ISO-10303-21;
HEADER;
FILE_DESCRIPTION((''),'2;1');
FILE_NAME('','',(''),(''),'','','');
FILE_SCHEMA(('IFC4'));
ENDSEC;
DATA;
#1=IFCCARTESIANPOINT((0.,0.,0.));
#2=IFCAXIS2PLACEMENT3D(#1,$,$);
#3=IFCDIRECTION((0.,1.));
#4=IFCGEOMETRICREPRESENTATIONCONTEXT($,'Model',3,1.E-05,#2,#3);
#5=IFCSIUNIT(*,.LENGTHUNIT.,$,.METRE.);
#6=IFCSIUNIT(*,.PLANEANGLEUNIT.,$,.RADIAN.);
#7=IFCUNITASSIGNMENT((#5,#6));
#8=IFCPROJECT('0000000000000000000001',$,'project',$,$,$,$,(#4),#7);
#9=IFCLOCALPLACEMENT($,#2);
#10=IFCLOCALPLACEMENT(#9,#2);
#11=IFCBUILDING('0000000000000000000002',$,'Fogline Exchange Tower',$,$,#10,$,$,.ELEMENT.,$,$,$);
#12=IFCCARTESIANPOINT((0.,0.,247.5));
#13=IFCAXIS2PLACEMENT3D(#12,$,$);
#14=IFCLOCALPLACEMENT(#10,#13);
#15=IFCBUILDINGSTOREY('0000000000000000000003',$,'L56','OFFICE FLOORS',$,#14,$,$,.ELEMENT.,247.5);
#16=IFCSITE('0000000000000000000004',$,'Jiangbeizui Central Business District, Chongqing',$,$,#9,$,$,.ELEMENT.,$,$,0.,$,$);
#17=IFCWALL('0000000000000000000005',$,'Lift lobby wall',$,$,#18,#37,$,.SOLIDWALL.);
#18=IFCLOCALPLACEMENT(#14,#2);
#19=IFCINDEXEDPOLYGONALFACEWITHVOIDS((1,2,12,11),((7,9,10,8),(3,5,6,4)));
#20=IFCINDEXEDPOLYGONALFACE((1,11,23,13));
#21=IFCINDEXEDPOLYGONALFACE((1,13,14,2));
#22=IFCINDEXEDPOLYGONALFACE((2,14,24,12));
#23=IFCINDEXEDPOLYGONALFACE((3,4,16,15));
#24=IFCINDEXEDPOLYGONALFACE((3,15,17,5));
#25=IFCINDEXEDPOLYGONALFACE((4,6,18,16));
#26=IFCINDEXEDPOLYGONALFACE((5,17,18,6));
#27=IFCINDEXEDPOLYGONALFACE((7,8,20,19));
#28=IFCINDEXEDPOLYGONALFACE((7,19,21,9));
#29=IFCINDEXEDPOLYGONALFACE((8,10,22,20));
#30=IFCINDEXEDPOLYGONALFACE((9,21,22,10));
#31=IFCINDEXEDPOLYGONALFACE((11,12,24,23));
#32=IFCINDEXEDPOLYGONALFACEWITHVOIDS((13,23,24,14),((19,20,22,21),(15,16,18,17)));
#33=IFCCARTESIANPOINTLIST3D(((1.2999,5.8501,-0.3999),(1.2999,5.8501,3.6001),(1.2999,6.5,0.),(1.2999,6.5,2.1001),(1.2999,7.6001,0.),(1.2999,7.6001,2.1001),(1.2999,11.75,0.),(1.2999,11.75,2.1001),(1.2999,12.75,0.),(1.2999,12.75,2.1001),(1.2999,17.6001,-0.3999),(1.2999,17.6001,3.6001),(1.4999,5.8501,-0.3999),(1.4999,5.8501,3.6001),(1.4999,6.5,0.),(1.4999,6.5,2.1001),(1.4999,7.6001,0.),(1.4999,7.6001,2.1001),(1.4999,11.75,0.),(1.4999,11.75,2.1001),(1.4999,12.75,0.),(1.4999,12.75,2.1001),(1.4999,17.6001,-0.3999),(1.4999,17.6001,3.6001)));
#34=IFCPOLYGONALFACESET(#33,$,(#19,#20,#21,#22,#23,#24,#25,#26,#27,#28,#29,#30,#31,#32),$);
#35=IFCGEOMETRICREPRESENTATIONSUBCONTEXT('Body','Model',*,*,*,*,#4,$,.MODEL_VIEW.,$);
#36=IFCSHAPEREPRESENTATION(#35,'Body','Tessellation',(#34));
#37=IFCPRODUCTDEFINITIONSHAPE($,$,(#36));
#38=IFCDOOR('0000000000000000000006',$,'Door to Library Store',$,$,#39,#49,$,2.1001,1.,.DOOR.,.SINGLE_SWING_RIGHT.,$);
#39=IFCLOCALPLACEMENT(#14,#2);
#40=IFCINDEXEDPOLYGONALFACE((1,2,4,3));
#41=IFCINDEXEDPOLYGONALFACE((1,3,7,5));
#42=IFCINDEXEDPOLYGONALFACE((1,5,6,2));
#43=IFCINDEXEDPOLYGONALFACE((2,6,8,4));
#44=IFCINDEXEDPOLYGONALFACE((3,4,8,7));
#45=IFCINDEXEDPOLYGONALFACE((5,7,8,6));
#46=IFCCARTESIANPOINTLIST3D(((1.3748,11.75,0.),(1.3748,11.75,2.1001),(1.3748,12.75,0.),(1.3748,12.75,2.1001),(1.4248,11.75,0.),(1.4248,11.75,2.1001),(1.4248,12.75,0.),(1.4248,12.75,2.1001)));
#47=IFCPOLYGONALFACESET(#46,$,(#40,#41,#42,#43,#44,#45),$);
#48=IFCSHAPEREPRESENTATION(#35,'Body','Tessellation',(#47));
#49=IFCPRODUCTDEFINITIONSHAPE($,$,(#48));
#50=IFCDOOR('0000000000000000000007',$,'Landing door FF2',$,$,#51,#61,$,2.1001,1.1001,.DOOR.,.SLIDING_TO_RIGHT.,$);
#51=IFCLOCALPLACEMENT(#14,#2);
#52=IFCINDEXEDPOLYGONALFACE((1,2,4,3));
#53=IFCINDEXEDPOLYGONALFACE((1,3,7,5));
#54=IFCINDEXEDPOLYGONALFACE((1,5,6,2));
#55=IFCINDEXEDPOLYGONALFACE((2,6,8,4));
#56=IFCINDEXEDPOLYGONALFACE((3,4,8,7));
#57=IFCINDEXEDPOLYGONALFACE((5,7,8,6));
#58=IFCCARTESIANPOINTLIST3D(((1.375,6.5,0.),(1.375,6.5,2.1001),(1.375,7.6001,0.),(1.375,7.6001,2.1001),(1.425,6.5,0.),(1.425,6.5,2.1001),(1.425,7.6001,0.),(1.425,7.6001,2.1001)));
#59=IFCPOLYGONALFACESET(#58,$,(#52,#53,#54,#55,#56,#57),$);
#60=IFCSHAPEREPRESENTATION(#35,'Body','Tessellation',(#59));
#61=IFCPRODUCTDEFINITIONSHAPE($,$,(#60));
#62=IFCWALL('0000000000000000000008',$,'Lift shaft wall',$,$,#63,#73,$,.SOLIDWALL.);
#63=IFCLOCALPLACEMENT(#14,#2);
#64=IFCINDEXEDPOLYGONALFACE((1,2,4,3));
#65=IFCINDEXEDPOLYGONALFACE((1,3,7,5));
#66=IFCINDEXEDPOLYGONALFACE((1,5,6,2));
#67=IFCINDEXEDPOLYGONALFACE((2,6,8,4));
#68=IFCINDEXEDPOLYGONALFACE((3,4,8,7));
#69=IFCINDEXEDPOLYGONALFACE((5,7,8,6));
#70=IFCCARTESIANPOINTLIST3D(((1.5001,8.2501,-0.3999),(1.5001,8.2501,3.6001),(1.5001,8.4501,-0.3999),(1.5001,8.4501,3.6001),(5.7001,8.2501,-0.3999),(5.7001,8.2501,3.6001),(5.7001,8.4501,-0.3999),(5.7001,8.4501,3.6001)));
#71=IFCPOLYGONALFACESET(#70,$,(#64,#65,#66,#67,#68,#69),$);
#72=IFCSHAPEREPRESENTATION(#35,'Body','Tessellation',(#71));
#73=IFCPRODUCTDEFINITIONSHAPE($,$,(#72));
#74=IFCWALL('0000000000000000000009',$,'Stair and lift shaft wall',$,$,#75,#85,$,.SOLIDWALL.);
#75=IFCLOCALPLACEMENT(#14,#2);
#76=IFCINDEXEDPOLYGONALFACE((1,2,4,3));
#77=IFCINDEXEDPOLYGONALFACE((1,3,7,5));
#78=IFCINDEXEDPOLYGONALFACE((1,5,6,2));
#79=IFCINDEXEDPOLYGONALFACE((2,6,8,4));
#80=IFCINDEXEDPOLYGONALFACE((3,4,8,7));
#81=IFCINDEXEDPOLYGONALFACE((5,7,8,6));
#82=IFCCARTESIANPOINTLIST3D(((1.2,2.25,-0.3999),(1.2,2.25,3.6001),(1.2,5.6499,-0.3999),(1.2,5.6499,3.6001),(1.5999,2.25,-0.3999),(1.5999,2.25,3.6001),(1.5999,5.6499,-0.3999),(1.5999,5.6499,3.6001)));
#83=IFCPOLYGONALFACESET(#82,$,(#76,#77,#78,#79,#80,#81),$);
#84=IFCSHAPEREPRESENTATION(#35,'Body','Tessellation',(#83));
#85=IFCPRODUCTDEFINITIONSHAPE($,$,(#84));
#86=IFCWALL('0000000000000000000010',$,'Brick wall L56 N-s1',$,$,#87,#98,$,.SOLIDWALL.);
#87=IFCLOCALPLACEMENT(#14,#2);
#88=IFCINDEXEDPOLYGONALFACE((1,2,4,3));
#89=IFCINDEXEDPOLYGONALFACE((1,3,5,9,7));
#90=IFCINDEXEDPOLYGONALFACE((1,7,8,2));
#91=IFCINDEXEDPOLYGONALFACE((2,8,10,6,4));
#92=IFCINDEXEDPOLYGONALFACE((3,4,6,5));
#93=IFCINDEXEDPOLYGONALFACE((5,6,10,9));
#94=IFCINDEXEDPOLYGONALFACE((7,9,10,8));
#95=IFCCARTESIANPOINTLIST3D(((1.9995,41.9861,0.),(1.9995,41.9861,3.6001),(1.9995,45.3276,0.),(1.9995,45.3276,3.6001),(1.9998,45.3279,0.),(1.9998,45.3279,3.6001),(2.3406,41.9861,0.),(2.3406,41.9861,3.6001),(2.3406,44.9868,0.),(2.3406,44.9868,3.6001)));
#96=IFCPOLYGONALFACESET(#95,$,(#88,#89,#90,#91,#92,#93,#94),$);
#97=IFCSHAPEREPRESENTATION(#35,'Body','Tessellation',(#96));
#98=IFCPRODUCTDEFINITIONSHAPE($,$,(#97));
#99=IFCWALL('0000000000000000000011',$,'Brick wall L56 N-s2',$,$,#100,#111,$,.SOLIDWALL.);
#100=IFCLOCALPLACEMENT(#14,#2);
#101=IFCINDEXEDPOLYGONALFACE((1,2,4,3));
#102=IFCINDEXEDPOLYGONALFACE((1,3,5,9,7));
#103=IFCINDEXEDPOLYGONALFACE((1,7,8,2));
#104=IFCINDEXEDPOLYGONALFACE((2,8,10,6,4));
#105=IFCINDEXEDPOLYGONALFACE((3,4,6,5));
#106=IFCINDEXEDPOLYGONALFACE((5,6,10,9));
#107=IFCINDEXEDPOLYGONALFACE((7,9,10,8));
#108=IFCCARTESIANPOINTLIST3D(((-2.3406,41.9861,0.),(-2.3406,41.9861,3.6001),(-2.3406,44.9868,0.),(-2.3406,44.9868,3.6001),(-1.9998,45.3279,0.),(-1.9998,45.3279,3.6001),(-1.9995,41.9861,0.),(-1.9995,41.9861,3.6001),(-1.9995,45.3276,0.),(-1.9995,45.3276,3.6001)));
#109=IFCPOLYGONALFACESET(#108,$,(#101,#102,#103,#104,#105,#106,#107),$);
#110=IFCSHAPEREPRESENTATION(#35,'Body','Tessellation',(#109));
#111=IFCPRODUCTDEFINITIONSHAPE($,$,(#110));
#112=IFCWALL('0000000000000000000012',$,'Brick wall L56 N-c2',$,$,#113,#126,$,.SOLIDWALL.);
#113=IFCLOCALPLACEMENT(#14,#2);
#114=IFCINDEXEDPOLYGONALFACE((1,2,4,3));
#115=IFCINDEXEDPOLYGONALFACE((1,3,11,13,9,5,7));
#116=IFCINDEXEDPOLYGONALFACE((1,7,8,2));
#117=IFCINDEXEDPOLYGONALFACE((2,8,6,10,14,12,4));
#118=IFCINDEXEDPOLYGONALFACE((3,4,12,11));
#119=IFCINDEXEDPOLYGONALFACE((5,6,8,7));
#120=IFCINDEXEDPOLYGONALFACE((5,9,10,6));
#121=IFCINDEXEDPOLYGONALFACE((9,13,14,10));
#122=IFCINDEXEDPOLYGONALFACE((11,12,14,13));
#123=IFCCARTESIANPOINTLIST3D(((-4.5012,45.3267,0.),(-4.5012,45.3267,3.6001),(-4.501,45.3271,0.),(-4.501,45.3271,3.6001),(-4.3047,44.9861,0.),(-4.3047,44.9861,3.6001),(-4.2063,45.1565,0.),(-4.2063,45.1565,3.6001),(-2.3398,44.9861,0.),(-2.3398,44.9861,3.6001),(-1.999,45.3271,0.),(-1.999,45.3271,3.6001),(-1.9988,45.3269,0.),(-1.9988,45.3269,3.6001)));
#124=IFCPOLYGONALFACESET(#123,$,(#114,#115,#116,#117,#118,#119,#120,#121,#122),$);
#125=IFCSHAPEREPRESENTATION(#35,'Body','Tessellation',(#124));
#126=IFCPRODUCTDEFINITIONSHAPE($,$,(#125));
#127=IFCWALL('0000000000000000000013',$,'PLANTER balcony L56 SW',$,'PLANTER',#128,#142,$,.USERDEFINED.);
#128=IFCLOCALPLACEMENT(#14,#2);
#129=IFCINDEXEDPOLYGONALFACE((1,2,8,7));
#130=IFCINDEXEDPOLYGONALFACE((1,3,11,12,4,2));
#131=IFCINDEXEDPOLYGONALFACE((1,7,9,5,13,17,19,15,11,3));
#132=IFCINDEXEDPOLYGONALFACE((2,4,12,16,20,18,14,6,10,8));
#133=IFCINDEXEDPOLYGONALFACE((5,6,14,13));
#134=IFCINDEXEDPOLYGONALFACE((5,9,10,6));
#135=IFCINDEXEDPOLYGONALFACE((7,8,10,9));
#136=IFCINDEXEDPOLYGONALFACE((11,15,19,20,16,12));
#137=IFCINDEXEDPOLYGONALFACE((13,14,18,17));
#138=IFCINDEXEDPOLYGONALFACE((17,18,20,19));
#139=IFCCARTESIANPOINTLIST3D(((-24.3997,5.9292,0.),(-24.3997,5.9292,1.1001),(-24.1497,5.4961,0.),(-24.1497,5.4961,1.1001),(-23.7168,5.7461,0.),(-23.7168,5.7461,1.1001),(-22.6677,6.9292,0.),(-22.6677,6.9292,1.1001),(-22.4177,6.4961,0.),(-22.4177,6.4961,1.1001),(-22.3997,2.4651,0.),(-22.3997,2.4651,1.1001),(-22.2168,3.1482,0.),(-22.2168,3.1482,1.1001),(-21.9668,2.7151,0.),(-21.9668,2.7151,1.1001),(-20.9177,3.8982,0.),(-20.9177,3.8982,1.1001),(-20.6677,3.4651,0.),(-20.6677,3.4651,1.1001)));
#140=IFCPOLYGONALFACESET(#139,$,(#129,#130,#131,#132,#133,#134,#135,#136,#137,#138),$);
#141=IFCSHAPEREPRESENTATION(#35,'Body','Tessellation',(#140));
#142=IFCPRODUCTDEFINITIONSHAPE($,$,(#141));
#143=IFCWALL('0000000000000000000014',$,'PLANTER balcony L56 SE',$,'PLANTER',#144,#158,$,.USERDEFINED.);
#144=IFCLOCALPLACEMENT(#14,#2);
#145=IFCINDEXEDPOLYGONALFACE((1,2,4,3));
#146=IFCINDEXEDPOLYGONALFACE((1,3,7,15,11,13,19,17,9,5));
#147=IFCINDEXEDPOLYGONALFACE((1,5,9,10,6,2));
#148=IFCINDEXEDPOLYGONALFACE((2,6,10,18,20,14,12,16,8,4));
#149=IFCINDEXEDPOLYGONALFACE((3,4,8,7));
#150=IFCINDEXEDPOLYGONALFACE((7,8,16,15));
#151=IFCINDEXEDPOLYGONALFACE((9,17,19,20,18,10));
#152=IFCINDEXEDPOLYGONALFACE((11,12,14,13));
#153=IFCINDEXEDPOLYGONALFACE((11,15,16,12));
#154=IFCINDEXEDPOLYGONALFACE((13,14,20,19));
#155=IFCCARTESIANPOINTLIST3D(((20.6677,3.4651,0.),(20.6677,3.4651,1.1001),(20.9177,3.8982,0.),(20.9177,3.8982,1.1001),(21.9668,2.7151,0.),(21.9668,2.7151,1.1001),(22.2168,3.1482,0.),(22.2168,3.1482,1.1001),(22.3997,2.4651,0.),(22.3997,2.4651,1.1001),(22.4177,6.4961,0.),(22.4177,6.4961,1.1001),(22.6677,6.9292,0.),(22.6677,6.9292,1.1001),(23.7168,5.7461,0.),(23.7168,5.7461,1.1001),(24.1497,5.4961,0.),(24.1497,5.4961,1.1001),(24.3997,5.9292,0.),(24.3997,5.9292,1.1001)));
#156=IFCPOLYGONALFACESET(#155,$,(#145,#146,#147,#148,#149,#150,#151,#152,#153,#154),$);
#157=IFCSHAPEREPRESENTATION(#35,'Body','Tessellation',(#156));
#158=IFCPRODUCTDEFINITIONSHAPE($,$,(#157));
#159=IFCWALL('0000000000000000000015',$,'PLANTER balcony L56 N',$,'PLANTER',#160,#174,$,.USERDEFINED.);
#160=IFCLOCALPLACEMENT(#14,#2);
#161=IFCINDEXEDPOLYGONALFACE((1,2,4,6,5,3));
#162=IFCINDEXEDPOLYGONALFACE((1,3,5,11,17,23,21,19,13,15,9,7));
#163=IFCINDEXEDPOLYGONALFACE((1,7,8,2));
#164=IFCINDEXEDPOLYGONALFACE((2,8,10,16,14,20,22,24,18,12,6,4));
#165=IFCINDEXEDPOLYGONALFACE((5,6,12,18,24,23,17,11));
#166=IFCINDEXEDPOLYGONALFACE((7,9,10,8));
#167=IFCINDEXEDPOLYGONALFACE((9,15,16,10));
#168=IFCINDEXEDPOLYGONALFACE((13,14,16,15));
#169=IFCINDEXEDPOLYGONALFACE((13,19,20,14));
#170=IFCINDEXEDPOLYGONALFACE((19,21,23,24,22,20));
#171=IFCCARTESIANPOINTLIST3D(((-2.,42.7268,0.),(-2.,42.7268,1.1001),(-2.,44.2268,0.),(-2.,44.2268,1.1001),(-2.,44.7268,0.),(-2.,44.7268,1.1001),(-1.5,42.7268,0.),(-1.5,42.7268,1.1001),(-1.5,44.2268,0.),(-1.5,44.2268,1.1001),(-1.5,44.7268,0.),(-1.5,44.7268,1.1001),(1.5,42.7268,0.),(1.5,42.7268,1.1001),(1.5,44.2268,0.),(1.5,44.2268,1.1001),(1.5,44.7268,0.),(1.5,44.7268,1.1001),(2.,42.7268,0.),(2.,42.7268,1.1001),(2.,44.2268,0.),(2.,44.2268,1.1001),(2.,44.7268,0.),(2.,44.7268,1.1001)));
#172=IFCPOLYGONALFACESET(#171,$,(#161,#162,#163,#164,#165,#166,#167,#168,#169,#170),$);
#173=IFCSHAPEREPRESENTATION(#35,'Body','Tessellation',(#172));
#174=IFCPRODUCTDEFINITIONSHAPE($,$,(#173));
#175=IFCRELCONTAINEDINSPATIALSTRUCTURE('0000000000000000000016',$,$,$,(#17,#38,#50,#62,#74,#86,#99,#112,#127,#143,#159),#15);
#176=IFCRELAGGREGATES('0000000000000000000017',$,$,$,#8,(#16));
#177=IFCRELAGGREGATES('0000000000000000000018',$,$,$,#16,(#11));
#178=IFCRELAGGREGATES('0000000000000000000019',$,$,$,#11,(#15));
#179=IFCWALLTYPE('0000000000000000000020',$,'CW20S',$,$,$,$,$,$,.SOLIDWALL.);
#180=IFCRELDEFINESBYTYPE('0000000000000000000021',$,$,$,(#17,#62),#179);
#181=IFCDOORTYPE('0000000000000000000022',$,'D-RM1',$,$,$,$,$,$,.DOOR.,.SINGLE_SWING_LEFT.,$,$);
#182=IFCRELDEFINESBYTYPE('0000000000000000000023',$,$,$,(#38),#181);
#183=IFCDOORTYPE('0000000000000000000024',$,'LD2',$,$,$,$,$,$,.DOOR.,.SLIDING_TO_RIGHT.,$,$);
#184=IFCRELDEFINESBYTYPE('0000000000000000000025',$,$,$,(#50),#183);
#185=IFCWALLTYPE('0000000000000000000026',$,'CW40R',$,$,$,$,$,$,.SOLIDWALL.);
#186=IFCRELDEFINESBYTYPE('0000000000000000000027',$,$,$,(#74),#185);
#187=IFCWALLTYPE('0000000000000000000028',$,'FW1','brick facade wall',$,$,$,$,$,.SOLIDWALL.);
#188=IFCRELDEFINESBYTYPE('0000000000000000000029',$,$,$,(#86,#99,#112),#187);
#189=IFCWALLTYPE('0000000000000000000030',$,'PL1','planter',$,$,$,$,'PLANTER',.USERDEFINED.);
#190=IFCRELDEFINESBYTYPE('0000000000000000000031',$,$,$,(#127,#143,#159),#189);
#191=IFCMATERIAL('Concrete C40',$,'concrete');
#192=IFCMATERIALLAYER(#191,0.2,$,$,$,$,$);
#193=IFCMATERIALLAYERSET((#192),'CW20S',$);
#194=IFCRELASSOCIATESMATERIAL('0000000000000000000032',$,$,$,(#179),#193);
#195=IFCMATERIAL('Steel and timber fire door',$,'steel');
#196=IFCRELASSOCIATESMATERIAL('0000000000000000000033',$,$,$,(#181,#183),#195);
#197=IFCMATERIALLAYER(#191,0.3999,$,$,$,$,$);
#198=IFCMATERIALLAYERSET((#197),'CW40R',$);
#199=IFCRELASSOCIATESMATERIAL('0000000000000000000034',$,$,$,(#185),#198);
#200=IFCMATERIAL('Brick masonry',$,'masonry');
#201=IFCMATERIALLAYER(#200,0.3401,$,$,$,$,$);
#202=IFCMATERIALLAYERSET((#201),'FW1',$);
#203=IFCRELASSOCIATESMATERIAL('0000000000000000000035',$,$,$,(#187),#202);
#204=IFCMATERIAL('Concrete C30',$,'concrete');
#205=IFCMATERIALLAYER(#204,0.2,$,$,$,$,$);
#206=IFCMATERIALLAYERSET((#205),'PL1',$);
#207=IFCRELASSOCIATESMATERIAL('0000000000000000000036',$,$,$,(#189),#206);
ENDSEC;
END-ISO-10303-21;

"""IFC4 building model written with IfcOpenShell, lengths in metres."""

from ifc_helpers import new_model, si_unit, direction, frame, frame_2d, origin, place, context, subcontext, project, spatial, polyline, rectangle, outline, extrude, material, layer, layer_set, type_object, element, fill, save


model = new_model("IFC4")

# Units and contexts
model_context = context("Model", 3, precision=1e-05, world=origin(), true_north=direction((0.0, 1.0)))
body_context = subcontext(model_context, "Body", "Model", "MODEL_VIEW")
ifc_project = project(units=[si_unit("LENGTHUNIT", "METRE"), si_unit("PLANEANGLEUNIT", "RADIAN")], contexts=[model_context])

# Site, building, storey
site_placement = place(None, origin())
site = spatial("IfcSite", under=ifc_project, at=site_placement, Name="Jiangbeizui Central Business District, Chongqing", CompositionType="ELEMENT", RefElevation=0.0)
building_placement = place(site_placement, origin())
building = spatial("IfcBuilding", under=site, at=building_placement, Name="Fogline Exchange Tower", CompositionType="ELEMENT")
storey_placement = place(building_placement, frame((0.0, 0.0, 247.5)))
storey = spatial("IfcBuildingStorey", under=building, at=storey_placement, Name="L56", Description="OFFICE FLOORS", CompositionType="ELEMENT", Elevation=247.5)

# Shared definitions
ifc_material_1 = material(Name="Concrete C40", Category="concrete")

# Shared definitions
ifc_material_2 = material(Name="Steel and timber fire door", Category="steel")

# Shared definitions
ifc_layer_1 = layer(ifc_material_1, 0.2)
ifc_layer_set_1 = layer_set([ifc_layer_1], Name="CW20S")
wall_type_1 = type_object("IfcWallType", Name="CW20S", PredefinedType="SOLIDWALL", material=ifc_layer_set_1)

# Wall, openings, doors
wall_1_placement = place(storey_placement, frame((1.3999, 5.8501, -0.3999), z_axis=(0.0, 0.0, 1.0), x_axis=(0.0, 1.0, 0.0)))
wall_1 = element("IfcWall", 1, at=wall_1_placement, inside=storey, type_object=wall_type_1, Name="Lift lobby wall", PredefinedType="SOLIDWALL", context=body_context, shape_type="SweptSolid", body=[
    extrude(rectangle(XDim=11.75, YDim=0.2, at=frame_2d((5.875, 0.0))), origin(), (0.0, 0.0, 1.0), 4.0),
])
opening_1_placement = place(wall_1_placement, frame((0.6499, 0.0, 0.3999)))
opening_1 = element("IfcOpeningElement", 2, at=opening_1_placement, cuts=wall_1, PredefinedType="OPENING", context=body_context, shape_type="SweptSolid", body=[
    extrude(rectangle(XDim=1.1001, YDim=2.1001, at=frame_2d((0.55, 1.05))), frame((0.0, 0.1099, 0.0), z_axis=(0.0, -1.0, 0.0), x_axis=(1.0, 0.0, 0.0)), (0.0, 0.0, 1.0), 0.22),
])
opening_2_placement = place(wall_1_placement, frame((5.8999, 0.0, 0.3999)))
opening_2 = element("IfcOpeningElement", 3, at=opening_2_placement, cuts=wall_1, PredefinedType="OPENING", context=body_context, shape_type="SweptSolid", body=[
    extrude(rectangle(XDim=1.0, YDim=2.1001, at=frame_2d((0.5, 1.05))), frame((0.0, 0.1099, 0.0), z_axis=(0.0, -1.0, 0.0), x_axis=(1.0, 0.0, 0.0)), (0.0, 0.0, 1.0), 0.22),
])
door_type_1 = type_object("IfcDoorType", Name="D-RM1", OperationType="SINGLE_SWING_LEFT", PredefinedType="DOOR", material=ifc_material_2)
door_1_placement = place(opening_2_placement, frame((1.0, 0.0, 0.0), z_axis=(0.0, 0.0, 1.0), x_axis=(-1.0, 0.0, 0.0)))
door_1 = element("IfcDoor", 4, at=door_1_placement, inside=storey, type_object=door_type_1, Name="Door to Library Store", OperationType="SINGLE_SWING_RIGHT", OverallHeight=2.1001, OverallWidth=1.0, PredefinedType="DOOR", context=body_context, shape_type="SweptSolid", body=[
    extrude(rectangle(XDim=1.0, YDim=2.1001, at=frame_2d((0.5, 1.05))), frame((0.0, 0.0249, 0.0), z_axis=(0.0, -1.0, 0.0), x_axis=(1.0, 0.0, 0.0)), (0.0, 0.0, 1.0), 0.05),
])
fill(opening_2, door_1)
door_type_2 = type_object("IfcDoorType", Name="LD2", OperationType="SLIDING_TO_RIGHT", PredefinedType="DOOR", material=ifc_material_2)
door_2_placement = place(opening_1_placement, origin())
door_2 = element("IfcDoor", 5, at=door_2_placement, inside=storey, type_object=door_type_2, Name="Landing door FF2", OperationType="SLIDING_TO_RIGHT", OverallHeight=2.1001, OverallWidth=1.1001, PredefinedType="DOOR", context=body_context, shape_type="SweptSolid", body=[
    extrude(rectangle(XDim=1.1001, YDim=2.1001, at=frame_2d((0.55, 1.05))), frame((0.0, 0.0249, 0.0), z_axis=(0.0, -1.0, 0.0), x_axis=(1.0, 0.0, 0.0)), (0.0, 0.0, 1.0), 0.05),
])
fill(opening_1, door_2)

# Walls
wall_2_placement = place(storey_placement, frame((1.5, 8.3501, -0.3999), z_axis=(0.0, 0.0, 1.0), x_axis=(1.0, 0.0, 0.0)))
element("IfcWall", 6, at=wall_2_placement, inside=storey, type_object=wall_type_1, Name="Lift shaft wall", PredefinedType="SOLIDWALL", context=body_context, shape_type="SweptSolid", body=[
    extrude(rectangle(XDim=4.2, YDim=0.2, at=frame_2d((2.1001, 0.0))), origin(), (0.0, 0.0, 1.0), 4.0),
])
ifc_layer_2 = layer(ifc_material_1, 0.3999)
ifc_layer_set_2 = layer_set([ifc_layer_2], Name="CW40R")
wall_type_2 = type_object("IfcWallType", Name="CW40R", PredefinedType="SOLIDWALL", material=ifc_layer_set_2)
wall_3_placement = place(storey_placement, frame((1.3999, 2.25, -0.3999), z_axis=(0.0, 0.0, 1.0), x_axis=(0.0, 1.0, 0.0)))
element("IfcWall", 7, at=wall_3_placement, inside=storey, type_object=wall_type_2, Name="Stair and lift shaft wall", PredefinedType="SOLIDWALL", context=body_context, shape_type="SweptSolid", body=[
    extrude(rectangle(XDim=3.3999, YDim=0.3999, at=frame_2d((1.7, 0.0))), origin(), (0.0, 0.0, 1.0), 4.0),
])
ifc_material_3 = material(Name="Brick masonry", Category="masonry")
ifc_layer_3 = layer(ifc_material_3, 0.3401)
ifc_layer_set_3 = layer_set([ifc_layer_3], Name="FW1")
wall_type_3 = type_object("IfcWallType", Name="FW1", Description="brick facade wall", PredefinedType="SOLIDWALL", material=ifc_layer_set_3)
wall_4_placement = place(storey_placement, origin())
element("IfcWall", 8, at=wall_4_placement, inside=storey, type_object=wall_type_3, Name="Brick wall L56 N-s1", PredefinedType="SOLIDWALL", context=body_context, shape_type="SweptSolid", body=[
    extrude(outline(polyline([(2.3406, 41.9861), (1.9995, 41.9861), (1.9995, 45.3276), (1.9998, 45.3279), (2.3406, 44.9868), (2.3406, 41.9861)])), origin(), (0.0, 0.0, 1.0), 3.6001),
])
wall_5_placement = place(storey_placement, origin())
element("IfcWall", 9, at=wall_5_placement, inside=storey, type_object=wall_type_3, Name="Brick wall L56 N-s2", PredefinedType="SOLIDWALL", context=body_context, shape_type="SweptSolid", body=[
    extrude(outline(polyline([(-1.9995, 45.3276), (-1.9995, 41.9861), (-2.3406, 41.9861), (-2.3406, 44.9868), (-1.9998, 45.3279), (-1.9995, 45.3276)])), origin(), (0.0, 0.0, 1.0), 3.6001),
])
wall_6_placement = place(storey_placement, origin())
element("IfcWall", 10, at=wall_6_placement, inside=storey, type_object=wall_type_3, Name="Brick wall L56 N-c2", PredefinedType="SOLIDWALL", context=body_context, shape_type="SweptSolid", body=[
    extrude(outline(polyline([(-4.3047, 44.9861), (-4.2063, 45.1565), (-4.5012, 45.3267), (-4.501, 45.3271), (-1.999, 45.3271), (-1.9988, 45.3269), (-2.3398, 44.9861), (-4.3047, 44.9861)])), origin(), (0.0, 0.0, 1.0), 3.6001),
])
ifc_material_4 = material(Name="Concrete C30", Category="concrete")
ifc_layer_4 = layer(ifc_material_4, 0.2)
ifc_layer_set_4 = layer_set([ifc_layer_4], Name="PL1")
wall_type_4 = type_object("IfcWallType", Name="PL1", Description="planter", ElementType="PLANTER", PredefinedType="USERDEFINED", material=ifc_layer_set_4)
wall_7_placement = place(storey_placement, origin())
element("IfcWall", 11, at=wall_7_placement, inside=storey, type_object=wall_type_4, Name="PLANTER balcony L56 SW", ObjectType="PLANTER", PredefinedType="USERDEFINED", context=body_context, shape_type="SweptSolid", body=[
    extrude(outline(polyline([(-20.9177, 3.8982), (-22.2168, 3.1482), (-23.7168, 5.7461), (-22.4177, 6.4961), (-22.6677, 6.9292), (-24.3997, 5.9292), (-24.1497, 5.4961), (-22.3997, 2.4651), (-21.9668, 2.7151), (-21.9668, 2.7151), (-20.6677, 3.4651), (-20.9177, 3.8982)])), origin(), (0.0, 0.0, 1.0), 1.1001),
])
wall_8_placement = place(storey_placement, origin())
element("IfcWall", 12, at=wall_8_placement, inside=storey, type_object=wall_type_4, Name="PLANTER balcony L56 SE", ObjectType="PLANTER", PredefinedType="USERDEFINED", context=body_context, shape_type="SweptSolid", body=[
    extrude(outline(polyline([(20.6677, 3.4651), (21.9668, 2.7151), (21.9668, 2.7151), (22.3997, 2.4651), (24.1497, 5.4961), (24.3997, 5.9292), (22.6677, 6.9292), (22.4177, 6.4961), (23.7168, 5.7461), (22.2168, 3.1482), (20.9177, 3.8982), (20.6677, 3.4651)])), origin(), (0.0, 0.0, 1.0), 1.1001),
])
wall_9_placement = place(storey_placement, origin())
element("IfcWall", 13, at=wall_9_placement, inside=storey, type_object=wall_type_4, Name="PLANTER balcony L56 N", ObjectType="PLANTER", PredefinedType="USERDEFINED", context=body_context, shape_type="SweptSolid", body=[
    extrude(outline(polyline([(-1.5, 44.7268), (-2.0, 44.7268), (-2.0, 44.2268), (-2.0, 42.7268), (-1.5, 42.7268), (-1.5, 44.2268), (1.5, 44.2268), (1.5, 42.7268), (2.0, 42.7268), (2.0, 44.2268), (2.0, 44.7268), (1.5, 44.7268), (-1.5, 44.7268)])), origin(), (0.0, 0.0, 1.0), 1.1001),
])

save(model, "model.ifc")
